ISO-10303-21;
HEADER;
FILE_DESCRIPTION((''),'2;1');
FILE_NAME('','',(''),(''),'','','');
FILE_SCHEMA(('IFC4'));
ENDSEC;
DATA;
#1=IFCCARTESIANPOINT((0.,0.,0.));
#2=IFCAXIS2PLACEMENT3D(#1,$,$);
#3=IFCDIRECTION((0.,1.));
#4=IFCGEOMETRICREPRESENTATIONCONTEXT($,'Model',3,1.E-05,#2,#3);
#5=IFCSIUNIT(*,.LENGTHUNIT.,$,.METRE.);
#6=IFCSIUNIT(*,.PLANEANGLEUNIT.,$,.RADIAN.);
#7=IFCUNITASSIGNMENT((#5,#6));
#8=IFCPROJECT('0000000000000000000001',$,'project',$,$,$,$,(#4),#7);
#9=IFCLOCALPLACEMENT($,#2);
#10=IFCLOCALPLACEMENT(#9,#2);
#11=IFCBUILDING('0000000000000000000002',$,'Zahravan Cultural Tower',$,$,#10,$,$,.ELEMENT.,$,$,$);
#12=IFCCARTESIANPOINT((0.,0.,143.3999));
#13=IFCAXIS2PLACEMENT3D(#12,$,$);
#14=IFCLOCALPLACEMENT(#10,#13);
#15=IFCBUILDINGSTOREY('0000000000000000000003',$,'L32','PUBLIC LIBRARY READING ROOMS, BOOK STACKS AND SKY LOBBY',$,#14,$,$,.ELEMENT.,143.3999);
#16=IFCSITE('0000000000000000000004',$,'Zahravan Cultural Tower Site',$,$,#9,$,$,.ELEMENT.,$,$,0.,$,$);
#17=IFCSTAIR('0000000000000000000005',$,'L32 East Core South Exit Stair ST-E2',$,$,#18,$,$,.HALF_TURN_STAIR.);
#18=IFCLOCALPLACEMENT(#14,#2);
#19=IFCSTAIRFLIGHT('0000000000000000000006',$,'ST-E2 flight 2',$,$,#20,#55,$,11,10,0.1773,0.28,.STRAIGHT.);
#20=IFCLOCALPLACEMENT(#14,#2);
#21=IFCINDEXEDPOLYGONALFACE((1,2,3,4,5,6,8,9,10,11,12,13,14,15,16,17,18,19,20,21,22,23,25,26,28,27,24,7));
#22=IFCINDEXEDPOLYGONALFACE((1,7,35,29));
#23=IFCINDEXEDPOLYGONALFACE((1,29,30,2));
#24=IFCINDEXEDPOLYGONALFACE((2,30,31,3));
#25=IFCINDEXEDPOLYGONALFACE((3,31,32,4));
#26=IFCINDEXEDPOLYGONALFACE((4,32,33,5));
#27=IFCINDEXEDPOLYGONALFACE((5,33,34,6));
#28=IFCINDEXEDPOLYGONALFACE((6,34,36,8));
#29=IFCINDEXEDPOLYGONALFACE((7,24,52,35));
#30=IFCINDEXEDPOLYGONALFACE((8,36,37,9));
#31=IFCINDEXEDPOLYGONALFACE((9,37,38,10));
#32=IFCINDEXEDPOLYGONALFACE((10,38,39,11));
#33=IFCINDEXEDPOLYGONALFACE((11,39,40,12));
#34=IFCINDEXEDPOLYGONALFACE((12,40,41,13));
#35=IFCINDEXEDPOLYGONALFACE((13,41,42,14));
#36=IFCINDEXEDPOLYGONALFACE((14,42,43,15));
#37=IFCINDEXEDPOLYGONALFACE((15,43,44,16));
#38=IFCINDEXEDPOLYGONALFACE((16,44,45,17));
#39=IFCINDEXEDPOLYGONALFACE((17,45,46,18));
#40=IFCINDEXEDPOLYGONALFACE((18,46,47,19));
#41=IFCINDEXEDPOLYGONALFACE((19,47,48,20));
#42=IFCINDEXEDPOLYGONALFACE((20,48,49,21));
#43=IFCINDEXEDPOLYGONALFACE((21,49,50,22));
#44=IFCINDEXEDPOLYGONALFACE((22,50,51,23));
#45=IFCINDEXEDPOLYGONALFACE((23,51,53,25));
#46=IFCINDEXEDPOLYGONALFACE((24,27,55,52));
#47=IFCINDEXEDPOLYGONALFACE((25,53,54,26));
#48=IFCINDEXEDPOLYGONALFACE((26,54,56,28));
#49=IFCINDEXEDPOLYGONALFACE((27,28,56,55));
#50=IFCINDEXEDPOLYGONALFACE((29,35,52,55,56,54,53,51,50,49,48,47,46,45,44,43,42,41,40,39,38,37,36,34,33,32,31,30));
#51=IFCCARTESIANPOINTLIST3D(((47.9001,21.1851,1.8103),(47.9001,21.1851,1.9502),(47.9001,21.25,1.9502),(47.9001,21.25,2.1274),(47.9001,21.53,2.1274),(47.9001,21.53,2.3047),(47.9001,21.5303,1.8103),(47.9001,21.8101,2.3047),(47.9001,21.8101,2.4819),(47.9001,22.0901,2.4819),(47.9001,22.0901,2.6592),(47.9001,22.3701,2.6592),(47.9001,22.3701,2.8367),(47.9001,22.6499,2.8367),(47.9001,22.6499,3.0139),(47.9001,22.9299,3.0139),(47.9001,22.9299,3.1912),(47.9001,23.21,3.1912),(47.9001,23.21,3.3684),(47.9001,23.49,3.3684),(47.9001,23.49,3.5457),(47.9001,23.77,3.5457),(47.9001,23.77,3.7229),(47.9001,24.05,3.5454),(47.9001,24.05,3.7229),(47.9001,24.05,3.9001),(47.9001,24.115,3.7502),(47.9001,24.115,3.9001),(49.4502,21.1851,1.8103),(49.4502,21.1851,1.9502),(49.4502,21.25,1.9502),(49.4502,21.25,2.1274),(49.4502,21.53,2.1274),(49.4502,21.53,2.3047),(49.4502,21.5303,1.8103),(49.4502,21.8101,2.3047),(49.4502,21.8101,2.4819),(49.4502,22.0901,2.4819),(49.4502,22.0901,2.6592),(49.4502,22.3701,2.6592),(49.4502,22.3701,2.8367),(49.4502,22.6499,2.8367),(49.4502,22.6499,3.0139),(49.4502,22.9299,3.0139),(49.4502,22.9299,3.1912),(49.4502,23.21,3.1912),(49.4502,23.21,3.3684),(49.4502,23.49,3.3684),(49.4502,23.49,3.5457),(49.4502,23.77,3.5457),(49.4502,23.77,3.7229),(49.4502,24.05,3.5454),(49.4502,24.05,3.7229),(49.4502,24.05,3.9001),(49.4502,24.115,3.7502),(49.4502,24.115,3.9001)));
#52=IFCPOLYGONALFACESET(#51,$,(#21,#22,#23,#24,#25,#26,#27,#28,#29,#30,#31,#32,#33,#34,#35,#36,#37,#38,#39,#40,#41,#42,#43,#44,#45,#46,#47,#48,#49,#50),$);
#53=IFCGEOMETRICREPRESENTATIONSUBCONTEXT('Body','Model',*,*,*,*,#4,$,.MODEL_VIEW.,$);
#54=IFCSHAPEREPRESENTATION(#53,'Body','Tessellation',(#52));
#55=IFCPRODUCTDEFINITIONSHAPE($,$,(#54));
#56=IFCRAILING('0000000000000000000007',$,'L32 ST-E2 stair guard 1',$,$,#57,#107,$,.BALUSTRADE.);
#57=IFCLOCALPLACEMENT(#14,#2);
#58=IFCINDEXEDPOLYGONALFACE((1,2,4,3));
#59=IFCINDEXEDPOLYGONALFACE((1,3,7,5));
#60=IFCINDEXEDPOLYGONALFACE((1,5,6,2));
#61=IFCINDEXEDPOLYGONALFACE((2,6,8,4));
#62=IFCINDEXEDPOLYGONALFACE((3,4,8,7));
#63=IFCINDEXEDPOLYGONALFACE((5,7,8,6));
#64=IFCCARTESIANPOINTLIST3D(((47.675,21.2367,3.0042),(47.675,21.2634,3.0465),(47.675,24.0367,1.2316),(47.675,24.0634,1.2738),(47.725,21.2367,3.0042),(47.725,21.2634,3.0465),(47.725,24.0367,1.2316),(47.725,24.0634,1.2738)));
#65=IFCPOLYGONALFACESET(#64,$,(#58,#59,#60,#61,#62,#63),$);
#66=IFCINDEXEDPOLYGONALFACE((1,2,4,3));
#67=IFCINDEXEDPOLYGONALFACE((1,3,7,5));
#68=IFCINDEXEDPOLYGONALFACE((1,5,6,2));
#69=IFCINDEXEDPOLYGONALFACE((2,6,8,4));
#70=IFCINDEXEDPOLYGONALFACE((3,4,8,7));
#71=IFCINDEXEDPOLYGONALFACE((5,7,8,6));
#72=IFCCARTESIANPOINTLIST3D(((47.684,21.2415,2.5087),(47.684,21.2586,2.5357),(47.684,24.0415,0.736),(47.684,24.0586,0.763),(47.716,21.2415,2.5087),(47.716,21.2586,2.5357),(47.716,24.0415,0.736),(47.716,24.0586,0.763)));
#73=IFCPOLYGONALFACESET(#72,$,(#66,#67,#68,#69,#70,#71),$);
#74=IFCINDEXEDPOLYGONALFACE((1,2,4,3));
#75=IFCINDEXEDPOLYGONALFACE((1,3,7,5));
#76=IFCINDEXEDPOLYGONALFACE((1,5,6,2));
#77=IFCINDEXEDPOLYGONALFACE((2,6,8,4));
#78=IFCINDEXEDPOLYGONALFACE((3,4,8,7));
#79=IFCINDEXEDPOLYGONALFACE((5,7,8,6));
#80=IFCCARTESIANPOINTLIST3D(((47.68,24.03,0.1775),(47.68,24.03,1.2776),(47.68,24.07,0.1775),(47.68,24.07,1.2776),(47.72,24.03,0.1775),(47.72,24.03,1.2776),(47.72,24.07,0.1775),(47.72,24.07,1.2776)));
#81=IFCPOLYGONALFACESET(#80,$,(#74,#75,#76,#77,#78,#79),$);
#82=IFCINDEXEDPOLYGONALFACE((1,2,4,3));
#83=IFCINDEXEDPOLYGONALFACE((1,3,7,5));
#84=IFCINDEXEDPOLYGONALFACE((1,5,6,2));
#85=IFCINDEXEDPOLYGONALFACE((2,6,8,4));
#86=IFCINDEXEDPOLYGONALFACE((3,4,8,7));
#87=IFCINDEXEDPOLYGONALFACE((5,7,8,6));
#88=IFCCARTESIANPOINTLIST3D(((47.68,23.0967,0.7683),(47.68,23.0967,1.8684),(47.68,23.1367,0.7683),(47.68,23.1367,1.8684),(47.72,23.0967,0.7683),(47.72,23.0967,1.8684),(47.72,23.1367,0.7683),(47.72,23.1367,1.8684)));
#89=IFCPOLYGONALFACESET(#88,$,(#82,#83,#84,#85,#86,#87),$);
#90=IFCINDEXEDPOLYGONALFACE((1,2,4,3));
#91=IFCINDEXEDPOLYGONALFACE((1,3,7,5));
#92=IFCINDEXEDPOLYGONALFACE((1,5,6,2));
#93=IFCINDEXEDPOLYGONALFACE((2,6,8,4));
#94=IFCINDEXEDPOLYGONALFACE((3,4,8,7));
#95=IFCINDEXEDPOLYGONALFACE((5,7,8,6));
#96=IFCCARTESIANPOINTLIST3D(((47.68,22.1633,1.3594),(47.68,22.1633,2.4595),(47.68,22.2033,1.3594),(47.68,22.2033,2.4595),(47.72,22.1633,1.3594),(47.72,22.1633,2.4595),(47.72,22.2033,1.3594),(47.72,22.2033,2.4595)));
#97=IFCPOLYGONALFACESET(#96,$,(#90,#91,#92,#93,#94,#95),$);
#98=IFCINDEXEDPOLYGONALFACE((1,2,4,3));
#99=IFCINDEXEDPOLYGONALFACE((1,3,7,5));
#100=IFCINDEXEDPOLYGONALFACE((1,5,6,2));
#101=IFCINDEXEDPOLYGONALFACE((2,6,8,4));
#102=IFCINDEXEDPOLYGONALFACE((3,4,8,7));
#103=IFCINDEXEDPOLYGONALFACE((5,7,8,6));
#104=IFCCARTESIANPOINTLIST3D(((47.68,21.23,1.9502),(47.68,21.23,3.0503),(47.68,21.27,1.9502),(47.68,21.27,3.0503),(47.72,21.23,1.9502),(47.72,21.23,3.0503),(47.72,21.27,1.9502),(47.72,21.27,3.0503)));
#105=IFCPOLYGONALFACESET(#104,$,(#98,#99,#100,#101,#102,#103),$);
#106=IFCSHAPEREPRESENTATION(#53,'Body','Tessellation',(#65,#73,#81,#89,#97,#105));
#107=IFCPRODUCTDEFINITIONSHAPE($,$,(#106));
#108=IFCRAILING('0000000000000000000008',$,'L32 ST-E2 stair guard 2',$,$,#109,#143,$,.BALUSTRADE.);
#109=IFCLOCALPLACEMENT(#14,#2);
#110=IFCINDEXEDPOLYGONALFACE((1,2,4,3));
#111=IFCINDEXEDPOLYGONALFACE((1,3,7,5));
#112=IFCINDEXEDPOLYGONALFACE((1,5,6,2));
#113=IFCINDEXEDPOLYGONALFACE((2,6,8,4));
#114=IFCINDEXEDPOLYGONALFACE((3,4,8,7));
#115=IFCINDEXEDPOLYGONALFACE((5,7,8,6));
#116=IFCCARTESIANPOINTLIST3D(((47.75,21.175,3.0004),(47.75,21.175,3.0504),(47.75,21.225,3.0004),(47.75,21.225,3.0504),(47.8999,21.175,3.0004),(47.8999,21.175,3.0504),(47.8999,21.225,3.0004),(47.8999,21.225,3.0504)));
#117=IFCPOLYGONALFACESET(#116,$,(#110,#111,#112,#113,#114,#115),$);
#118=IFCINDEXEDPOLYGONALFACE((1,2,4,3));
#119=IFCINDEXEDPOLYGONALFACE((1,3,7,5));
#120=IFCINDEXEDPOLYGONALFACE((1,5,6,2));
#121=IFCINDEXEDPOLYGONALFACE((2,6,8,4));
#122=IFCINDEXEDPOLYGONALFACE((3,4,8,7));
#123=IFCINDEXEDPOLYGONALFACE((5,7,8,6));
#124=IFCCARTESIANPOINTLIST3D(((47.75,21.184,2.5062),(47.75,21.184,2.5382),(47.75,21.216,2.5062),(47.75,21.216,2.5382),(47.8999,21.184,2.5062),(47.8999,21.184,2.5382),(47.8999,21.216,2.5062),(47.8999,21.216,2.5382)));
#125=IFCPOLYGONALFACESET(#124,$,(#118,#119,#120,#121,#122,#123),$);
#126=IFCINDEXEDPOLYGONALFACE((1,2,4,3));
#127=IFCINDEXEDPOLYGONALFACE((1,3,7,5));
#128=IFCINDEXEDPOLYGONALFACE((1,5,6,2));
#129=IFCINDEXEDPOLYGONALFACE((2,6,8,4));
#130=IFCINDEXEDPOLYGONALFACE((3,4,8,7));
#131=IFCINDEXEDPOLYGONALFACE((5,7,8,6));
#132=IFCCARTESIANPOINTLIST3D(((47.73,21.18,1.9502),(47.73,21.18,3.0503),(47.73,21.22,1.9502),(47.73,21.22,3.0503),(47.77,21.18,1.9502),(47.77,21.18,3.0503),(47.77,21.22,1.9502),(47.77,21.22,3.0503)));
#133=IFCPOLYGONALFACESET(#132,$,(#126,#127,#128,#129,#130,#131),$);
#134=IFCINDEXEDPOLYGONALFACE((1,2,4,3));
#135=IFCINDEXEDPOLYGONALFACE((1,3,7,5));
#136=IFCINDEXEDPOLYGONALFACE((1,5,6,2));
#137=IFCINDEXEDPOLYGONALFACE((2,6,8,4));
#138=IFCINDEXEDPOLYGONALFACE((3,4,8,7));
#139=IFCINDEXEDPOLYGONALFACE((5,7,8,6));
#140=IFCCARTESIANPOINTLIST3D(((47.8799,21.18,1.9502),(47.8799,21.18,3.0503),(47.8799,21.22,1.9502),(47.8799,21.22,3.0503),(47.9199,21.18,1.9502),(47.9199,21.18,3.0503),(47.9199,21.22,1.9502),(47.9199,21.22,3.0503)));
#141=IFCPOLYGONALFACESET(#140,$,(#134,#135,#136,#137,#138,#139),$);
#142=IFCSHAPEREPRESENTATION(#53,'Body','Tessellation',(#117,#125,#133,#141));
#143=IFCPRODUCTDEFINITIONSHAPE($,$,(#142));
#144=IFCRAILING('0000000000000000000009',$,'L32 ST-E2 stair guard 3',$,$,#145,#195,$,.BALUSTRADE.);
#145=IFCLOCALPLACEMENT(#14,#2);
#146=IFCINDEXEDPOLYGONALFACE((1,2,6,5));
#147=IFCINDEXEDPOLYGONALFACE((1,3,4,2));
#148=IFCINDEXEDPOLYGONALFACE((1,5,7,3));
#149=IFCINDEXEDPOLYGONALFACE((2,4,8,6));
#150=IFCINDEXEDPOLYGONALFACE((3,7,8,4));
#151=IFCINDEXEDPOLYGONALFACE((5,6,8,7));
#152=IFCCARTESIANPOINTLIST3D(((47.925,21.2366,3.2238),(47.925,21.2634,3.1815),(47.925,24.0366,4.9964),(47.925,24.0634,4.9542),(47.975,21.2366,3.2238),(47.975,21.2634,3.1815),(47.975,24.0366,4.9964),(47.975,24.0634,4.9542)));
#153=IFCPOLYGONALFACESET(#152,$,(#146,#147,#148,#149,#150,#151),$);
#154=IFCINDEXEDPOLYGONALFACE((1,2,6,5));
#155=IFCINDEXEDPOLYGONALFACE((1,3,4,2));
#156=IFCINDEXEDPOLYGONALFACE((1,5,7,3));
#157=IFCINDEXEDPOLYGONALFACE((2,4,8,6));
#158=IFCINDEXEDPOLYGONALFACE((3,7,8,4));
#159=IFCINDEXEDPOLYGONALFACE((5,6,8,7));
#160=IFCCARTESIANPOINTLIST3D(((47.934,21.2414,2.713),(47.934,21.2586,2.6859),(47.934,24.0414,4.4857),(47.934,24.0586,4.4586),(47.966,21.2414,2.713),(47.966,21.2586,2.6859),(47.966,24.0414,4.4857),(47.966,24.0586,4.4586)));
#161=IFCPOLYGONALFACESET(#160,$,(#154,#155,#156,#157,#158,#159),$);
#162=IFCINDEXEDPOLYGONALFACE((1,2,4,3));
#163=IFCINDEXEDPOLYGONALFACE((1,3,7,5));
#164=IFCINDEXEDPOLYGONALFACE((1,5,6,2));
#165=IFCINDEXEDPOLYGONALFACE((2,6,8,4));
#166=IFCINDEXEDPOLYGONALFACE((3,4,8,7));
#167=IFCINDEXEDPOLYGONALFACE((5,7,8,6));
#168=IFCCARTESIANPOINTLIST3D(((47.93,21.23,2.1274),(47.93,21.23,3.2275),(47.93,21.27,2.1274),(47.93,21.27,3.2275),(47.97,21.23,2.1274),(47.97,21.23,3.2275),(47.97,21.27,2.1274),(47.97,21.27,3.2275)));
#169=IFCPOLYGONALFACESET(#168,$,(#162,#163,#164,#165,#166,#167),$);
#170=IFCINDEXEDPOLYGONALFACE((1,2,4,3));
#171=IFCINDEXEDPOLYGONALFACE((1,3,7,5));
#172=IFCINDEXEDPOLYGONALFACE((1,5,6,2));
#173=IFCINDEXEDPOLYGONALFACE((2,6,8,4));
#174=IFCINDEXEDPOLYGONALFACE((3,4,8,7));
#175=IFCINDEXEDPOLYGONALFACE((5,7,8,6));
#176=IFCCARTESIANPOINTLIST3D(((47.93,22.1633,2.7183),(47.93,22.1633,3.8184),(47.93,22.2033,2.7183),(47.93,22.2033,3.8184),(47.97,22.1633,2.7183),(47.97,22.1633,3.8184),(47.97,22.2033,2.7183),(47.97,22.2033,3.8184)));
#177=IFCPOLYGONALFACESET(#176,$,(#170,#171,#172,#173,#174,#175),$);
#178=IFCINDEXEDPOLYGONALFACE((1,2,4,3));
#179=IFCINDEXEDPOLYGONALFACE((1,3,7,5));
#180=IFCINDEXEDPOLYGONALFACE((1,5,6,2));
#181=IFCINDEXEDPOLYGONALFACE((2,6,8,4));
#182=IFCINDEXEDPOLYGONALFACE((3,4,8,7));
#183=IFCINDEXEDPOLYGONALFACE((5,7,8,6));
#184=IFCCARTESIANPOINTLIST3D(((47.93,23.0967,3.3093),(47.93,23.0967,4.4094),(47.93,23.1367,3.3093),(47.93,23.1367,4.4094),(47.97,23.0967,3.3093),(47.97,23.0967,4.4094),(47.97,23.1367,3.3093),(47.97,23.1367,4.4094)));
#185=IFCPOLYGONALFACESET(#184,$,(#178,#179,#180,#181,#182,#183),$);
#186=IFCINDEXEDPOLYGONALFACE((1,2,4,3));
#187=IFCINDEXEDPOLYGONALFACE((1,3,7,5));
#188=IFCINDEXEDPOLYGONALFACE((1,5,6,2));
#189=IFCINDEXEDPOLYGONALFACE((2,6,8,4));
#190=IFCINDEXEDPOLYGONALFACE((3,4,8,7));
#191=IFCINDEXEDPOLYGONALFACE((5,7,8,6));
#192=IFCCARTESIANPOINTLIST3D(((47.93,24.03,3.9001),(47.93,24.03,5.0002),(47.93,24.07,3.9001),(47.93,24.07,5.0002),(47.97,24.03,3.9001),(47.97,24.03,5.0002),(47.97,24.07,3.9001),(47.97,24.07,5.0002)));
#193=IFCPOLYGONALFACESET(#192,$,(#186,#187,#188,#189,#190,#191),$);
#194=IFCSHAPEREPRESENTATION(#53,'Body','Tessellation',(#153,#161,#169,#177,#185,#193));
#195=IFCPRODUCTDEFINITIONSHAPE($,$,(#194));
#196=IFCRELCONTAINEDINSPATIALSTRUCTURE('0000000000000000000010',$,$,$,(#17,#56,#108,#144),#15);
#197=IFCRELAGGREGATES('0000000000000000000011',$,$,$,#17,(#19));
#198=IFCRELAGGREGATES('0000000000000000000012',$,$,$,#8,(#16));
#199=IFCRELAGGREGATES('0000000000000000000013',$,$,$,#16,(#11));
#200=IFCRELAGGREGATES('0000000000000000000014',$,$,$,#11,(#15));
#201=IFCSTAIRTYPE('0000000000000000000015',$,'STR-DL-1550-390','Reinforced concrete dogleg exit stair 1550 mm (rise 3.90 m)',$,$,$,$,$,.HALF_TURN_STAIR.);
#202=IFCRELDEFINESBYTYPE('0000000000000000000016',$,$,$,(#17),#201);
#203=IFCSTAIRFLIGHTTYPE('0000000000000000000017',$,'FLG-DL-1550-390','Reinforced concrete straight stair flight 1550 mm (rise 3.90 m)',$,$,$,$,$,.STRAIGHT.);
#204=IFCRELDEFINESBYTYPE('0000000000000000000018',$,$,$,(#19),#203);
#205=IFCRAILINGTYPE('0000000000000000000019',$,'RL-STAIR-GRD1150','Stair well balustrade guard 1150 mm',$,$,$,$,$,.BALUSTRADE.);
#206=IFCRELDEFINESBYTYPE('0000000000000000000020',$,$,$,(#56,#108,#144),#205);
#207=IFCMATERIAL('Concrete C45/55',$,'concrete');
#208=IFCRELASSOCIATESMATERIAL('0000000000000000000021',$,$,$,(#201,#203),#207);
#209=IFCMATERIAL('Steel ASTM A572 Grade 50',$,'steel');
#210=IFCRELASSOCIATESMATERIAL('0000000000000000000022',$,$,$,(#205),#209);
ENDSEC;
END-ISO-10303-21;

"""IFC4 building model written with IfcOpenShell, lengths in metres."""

from ifc_helpers import new_model, si_unit, direction, frame, origin, origin_2d, place, context, subcontext, project, spatial, polyline, rectangle, outline, extrude, material, type_object, element, aggregate, save


model = new_model("IFC4")

# Units and contexts
model_context = context("Model", 3, precision=1e-05, world=origin(), true_north=direction((0.0, 1.0)))
body_context = subcontext(model_context, "Body", "Model", "MODEL_VIEW")
ifc_project = project(units=[si_unit("LENGTHUNIT", "METRE"), si_unit("PLANEANGLEUNIT", "RADIAN")], contexts=[model_context])

# Site, building, storey
site_placement = place(None, origin())
site = spatial("IfcSite", under=ifc_project, at=site_placement, Name="Zahravan Cultural Tower Site", CompositionType="ELEMENT", RefElevation=0.0)
building_placement = place(site_placement, origin())
building = spatial("IfcBuilding", under=site, at=building_placement, Name="Zahravan Cultural Tower", CompositionType="ELEMENT")
storey_placement = place(building_placement, frame((0.0, 0.0, 143.3999)))
storey = spatial("IfcBuildingStorey", under=building, at=storey_placement, Name="L32", Description="PUBLIC LIBRARY READING ROOMS, BOOK STACKS AND SKY LOBBY", CompositionType="ELEMENT", Elevation=143.3999)

# Shared definitions
ifc_material_1 = material(Name="Concrete C45/55", Category="concrete")

# Stair, stair flight
stair_type = type_object("IfcStairType", Name="STR-DL-1550-390", Description="Reinforced concrete dogleg exit stair 1550 mm (rise 3.90 m)", PredefinedType="HALF_TURN_STAIR", material=ifc_material_1)
stair_placement = place(storey_placement, origin())
stair = element("IfcStair", 1, at=stair_placement, inside=storey, type_object=stair_type, Name="L32 East Core South Exit Stair ST-E2", PredefinedType="HALF_TURN_STAIR")
stair_flight_type = type_object("IfcStairFlightType", Name="FLG-DL-1550-390", Description="Reinforced concrete straight stair flight 1550 mm (rise 3.90 m)", PredefinedType="STRAIGHT", material=ifc_material_1)
stair_flight_1_placement = place(storey_placement, frame((48.675, 21.25, 1.9502), z_axis=(0.0, 0.0, 1.0), x_axis=(0.0, 1.0, 0.0)))
stair_flight_1 = element("IfcStairFlight", 2, at=stair_flight_1_placement, type_object=stair_flight_type, Name="ST-E2 flight 2", NumberOfRisers=11, NumberOfTreads=10, PredefinedType="STRAIGHT", RiserHeight=0.1773, TreadLength=0.28, context=body_context, shape_type="SweptSolid", body=[
    extrude(outline(polyline([(-0.0649, -0.1399), (-0.0649, 0.0), (0.0, 0.0), (0.0, 0.1772), (0.28, 0.1772), (0.28, 0.3545), (0.5601, 0.3545), (0.5601, 0.5317), (0.8401, 0.5317), (0.8401, 0.709), (1.1201, 0.709), (1.1201, 0.8865), (1.3999, 0.8865), (1.3999, 1.0637), (1.6799, 1.0637), (1.6799, 1.241), (1.96, 1.241), (1.96, 1.4182), (2.24, 1.4182), (2.24, 1.5955), (2.52, 1.5955), (2.52, 1.7727), (2.8, 1.7727), (2.8, 1.95), (2.865, 1.95), (2.865, 1.8), (2.8, 1.5952), (0.2803, -0.1399), (-0.0649, -0.1399)])), frame((0.0, 0.7749, 0.0), z_axis=(0.0, -1.0, 0.0), x_axis=(1.0, 0.0, 0.0)), (0.0, 0.0, 1.0), 1.55),
])
aggregate(stair, [stair_flight_1])

# Railings
ifc_material_2 = material(Name="Steel ASTM A572 Grade 50", Category="steel")
railing_type_1 = type_object("IfcRailingType", Name="RL-STAIR-GRD1150", Description="Stair well balustrade guard 1150 mm", PredefinedType="BALUSTRADE", material=ifc_material_2)
railing_1_placement = place(storey_placement, frame((47.7, 24.05, 0.1775)))
element("IfcRailing", 3, at=railing_1_placement, inside=storey, type_object=railing_type_1, Name="L32 ST-E2 stair guard 1", PredefinedType="BALUSTRADE", context=body_context, shape_type="SweptSolid", body=[
    extrude(rectangle(XDim=0.05, YDim=0.05, at=origin_2d()), frame((0.0, 0.0, 1.0752), z_axis=(0.0, -0.844909, 0.53491), x_axis=(1.0, 0.0, 0.0)), (0.0, 0.0, 1.0), 3.314),
    extrude(rectangle(XDim=0.032, YDim=0.032, at=origin_2d()), frame((0.0, 0.0, 0.572), z_axis=(0.0, -0.844909, 0.53491), x_axis=(1.0, 0.0, 0.0)), (0.0, 0.0, 1.0), 3.314),
    extrude(rectangle(XDim=0.04, YDim=0.04, at=origin_2d()), origin(), (0.0, 0.0, 1.0), 1.1001),
    extrude(rectangle(XDim=0.04, YDim=0.04, at=origin_2d()), frame((0.0, -0.9333, 0.5908)), (0.0, 0.0, 1.0), 1.1001),
    extrude(rectangle(XDim=0.04, YDim=0.04, at=origin_2d()), frame((0.0, -1.8667, 1.1819)), (0.0, 0.0, 1.0), 1.1001),
    extrude(rectangle(XDim=0.04, YDim=0.04, at=origin_2d()), frame((0.0, -2.8, 1.7727)), (0.0, 0.0, 1.0), 1.1001),
])
railing_2_placement = place(storey_placement, frame((47.75, 21.2, 1.9502)))
element("IfcRailing", 4, at=railing_2_placement, inside=storey, type_object=railing_type_1, Name="L32 ST-E2 stair guard 2", PredefinedType="BALUSTRADE", context=body_context, shape_type="SweptSolid", body=[
    extrude(rectangle(XDim=0.05, YDim=0.05, at=origin_2d()), frame((0.0, 0.0, 1.0752), z_axis=(1.0, 0.0, 0.0), x_axis=(0.0, 1.0, 0.0)), (0.0, 0.0, 1.0), 0.1499),
    extrude(rectangle(XDim=0.032, YDim=0.032, at=origin_2d()), frame((0.0, 0.0, 0.572), z_axis=(1.0, 0.0, 0.0), x_axis=(0.0, 1.0, 0.0)), (0.0, 0.0, 1.0), 0.1499),
    extrude(rectangle(XDim=0.04, YDim=0.04, at=origin_2d()), origin(), (0.0, 0.0, 1.0), 1.1001),
    extrude(rectangle(XDim=0.04, YDim=0.04, at=origin_2d()), frame((0.1499, 0.0, 0.0)), (0.0, 0.0, 1.0), 1.1001),
])
railing_3_placement = place(storey_placement, frame((47.95, 21.25, 2.1274)))
element("IfcRailing", 5, at=railing_3_placement, inside=storey, type_object=railing_type_1, Name="L32 ST-E2 stair guard 3", PredefinedType="BALUSTRADE", context=body_context, shape_type="SweptSolid", body=[
    extrude(rectangle(XDim=0.05, YDim=0.05, at=origin_2d()), frame((0.0, 0.0, 1.0752), z_axis=(0.0, 0.844909, 0.53491), x_axis=(-1.0, 0.0, 0.0)), (0.0, 0.0, 1.0), 3.314),
    extrude(rectangle(XDim=0.032, YDim=0.032, at=origin_2d()), frame((0.0, 0.0, 0.572), z_axis=(0.0, 0.844909, 0.53491), x_axis=(-1.0, 0.0, 0.0)), (0.0, 0.0, 1.0), 3.314),
    extrude(rectangle(XDim=0.04, YDim=0.04, at=origin_2d()), origin(), (0.0, 0.0, 1.0), 1.1001),
    extrude(rectangle(XDim=0.04, YDim=0.04, at=origin_2d()), frame((0.0, 0.9333, 0.5908)), (0.0, 0.0, 1.0), 1.1001),
    extrude(rectangle(XDim=0.04, YDim=0.04, at=origin_2d()), frame((0.0, 1.8667, 1.1819)), (0.0, 0.0, 1.0), 1.1001),
    extrude(rectangle(XDim=0.04, YDim=0.04, at=origin_2d()), frame((0.0, 2.8, 1.7727)), (0.0, 0.0, 1.0), 1.1001),
])

save(model, "model.ifc")
